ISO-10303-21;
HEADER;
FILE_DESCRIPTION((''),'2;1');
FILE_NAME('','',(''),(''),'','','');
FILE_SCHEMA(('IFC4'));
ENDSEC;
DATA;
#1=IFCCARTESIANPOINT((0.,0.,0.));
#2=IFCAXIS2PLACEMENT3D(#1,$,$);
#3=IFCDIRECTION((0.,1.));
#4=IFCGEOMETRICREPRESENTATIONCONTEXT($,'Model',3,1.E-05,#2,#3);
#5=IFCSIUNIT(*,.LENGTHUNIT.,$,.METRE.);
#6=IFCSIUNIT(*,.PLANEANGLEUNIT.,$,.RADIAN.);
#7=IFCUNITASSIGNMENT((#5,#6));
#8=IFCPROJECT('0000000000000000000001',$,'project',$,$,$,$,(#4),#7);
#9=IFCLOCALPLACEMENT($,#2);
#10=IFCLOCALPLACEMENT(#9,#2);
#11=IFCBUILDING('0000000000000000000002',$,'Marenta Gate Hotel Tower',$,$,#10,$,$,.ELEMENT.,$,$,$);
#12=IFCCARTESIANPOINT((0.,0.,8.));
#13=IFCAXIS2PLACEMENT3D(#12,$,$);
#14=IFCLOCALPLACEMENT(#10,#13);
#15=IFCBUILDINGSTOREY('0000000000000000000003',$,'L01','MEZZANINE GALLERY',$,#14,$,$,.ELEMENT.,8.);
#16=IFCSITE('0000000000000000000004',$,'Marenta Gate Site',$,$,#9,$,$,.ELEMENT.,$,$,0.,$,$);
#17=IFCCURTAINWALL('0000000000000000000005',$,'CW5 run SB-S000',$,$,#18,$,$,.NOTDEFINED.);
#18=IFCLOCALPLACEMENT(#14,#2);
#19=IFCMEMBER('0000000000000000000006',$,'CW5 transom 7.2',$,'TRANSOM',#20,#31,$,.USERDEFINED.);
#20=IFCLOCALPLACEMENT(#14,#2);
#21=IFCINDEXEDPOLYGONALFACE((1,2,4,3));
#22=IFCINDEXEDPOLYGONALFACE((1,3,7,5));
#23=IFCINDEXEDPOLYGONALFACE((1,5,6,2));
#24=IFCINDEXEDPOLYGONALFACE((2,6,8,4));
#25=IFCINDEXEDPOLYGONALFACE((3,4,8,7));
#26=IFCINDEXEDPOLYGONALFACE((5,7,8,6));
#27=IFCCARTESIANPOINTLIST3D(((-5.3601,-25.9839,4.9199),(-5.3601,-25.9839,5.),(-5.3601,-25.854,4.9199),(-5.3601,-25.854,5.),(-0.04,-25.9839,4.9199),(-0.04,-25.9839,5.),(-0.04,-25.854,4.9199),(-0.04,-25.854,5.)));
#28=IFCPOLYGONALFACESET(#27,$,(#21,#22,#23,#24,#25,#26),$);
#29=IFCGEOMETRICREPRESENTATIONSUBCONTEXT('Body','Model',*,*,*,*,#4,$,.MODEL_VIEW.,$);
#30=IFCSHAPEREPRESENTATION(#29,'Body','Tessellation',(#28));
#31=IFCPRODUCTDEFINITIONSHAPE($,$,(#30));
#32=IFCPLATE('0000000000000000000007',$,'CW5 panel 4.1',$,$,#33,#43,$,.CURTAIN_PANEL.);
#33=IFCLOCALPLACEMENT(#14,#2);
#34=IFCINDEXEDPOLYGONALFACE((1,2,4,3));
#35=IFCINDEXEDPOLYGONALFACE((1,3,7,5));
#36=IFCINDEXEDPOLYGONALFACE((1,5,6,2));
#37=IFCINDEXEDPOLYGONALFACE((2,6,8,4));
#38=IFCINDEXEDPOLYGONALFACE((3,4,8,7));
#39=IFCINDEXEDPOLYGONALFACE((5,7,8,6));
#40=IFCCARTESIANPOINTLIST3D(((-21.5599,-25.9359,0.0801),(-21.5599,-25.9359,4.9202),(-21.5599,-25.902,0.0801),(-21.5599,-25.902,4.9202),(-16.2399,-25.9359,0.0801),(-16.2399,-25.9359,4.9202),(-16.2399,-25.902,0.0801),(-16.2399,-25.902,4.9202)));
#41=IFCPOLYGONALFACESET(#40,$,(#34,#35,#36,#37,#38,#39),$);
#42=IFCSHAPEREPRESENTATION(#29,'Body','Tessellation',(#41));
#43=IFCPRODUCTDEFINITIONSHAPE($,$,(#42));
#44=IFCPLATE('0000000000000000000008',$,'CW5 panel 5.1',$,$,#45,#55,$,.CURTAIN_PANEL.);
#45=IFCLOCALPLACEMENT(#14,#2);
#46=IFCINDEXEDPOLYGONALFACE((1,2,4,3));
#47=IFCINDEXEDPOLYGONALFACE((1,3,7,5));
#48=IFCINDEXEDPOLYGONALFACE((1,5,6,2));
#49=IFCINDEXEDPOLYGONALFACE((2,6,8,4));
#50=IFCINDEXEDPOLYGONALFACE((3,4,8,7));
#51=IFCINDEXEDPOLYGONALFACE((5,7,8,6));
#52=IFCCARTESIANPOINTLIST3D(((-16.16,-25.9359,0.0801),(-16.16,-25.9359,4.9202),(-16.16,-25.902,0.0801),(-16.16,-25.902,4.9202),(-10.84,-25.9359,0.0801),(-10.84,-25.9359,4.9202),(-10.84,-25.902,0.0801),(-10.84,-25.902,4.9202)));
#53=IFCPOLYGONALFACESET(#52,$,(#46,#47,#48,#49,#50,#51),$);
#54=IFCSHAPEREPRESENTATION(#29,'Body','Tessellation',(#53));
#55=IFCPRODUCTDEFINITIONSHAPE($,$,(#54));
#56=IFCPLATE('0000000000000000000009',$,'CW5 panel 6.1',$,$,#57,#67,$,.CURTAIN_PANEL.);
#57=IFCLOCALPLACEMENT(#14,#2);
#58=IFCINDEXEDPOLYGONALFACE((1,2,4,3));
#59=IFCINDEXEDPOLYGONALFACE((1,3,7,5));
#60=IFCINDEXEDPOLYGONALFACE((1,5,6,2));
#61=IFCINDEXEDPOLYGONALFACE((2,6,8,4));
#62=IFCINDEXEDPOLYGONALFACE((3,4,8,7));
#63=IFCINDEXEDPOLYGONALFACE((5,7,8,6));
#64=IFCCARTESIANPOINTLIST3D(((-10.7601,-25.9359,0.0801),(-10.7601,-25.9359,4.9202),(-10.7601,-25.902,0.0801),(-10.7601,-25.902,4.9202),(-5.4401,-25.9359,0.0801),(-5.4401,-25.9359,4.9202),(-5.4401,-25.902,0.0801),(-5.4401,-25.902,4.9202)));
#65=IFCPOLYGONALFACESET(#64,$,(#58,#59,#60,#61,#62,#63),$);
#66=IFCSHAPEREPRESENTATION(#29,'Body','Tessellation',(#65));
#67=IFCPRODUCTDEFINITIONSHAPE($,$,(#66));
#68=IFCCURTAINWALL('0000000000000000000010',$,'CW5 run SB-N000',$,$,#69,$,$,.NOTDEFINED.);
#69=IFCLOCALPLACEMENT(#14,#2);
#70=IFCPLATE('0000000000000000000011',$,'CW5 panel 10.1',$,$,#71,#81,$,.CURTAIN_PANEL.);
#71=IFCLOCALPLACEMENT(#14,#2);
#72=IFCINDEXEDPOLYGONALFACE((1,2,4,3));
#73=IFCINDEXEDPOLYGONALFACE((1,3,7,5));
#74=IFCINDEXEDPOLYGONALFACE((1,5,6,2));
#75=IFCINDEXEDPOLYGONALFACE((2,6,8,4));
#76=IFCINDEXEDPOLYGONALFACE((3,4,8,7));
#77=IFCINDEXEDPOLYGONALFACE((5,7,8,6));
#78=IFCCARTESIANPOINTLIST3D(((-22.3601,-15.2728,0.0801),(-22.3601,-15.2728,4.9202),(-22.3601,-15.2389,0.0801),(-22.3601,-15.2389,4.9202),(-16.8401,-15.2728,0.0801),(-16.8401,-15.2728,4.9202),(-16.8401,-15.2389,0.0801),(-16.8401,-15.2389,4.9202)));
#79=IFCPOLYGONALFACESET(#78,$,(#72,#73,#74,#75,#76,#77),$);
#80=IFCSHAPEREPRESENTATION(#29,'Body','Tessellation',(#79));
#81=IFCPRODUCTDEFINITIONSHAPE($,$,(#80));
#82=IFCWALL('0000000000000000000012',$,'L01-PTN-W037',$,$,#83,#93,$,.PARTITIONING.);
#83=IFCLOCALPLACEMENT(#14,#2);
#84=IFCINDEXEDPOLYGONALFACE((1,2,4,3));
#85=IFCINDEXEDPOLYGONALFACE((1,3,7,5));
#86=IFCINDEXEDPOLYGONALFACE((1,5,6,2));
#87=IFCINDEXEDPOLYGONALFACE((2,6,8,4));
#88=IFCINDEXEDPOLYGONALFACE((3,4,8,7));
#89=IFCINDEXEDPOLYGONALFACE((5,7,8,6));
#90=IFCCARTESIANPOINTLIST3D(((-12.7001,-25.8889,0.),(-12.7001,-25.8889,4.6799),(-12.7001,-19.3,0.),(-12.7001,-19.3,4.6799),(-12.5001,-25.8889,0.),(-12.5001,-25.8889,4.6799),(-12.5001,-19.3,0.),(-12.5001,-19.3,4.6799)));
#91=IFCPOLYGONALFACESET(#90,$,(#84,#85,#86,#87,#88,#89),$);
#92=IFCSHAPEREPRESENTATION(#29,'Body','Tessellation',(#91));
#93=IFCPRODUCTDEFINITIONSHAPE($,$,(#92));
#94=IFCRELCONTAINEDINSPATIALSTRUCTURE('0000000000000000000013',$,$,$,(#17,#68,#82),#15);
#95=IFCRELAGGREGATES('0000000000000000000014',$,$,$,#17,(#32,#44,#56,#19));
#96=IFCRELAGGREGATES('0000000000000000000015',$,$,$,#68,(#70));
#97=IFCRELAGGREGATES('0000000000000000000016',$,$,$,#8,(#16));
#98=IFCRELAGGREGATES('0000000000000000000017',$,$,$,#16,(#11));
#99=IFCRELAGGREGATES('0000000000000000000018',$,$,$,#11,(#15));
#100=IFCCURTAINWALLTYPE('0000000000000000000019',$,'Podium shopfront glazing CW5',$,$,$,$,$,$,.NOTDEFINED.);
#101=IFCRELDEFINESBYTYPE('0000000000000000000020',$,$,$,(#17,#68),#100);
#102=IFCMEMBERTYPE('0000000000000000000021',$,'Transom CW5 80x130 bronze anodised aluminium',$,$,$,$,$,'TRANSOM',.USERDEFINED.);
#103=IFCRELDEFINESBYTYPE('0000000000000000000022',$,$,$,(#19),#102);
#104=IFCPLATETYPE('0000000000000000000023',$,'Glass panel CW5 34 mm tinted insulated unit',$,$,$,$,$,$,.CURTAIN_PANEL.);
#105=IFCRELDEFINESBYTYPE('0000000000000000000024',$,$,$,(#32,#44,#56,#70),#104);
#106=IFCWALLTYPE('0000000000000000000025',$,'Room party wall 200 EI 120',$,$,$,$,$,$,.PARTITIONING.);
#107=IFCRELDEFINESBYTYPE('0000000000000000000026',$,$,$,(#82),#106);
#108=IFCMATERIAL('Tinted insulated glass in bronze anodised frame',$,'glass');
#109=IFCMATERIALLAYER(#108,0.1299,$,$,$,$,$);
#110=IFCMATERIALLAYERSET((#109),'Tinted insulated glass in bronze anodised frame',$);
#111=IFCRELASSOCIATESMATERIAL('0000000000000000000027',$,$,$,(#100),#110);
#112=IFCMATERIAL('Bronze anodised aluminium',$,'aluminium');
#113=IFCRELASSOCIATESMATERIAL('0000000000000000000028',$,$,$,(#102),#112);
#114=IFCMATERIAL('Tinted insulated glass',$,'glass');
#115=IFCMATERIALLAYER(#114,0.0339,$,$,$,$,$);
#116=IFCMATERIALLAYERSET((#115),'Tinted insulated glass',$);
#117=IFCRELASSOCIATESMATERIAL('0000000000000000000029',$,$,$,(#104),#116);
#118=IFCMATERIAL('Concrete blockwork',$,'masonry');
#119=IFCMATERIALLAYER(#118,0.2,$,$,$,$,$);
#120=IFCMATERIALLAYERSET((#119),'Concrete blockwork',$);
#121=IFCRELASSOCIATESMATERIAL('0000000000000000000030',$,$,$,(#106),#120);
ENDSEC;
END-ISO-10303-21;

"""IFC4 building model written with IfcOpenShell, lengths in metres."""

from ifc_helpers import new_model, si_unit, direction, frame, frame_2d, origin, origin_2d, place, context, subcontext, project, spatial, rectangle, extrude, material, layer, layer_set, material_profile, profile_set, type_object, element, aggregate, save


model = new_model("IFC4")

# Units and contexts
model_context = context("Model", 3, precision=1e-05, world=origin(), true_north=direction((0.0, 1.0)))
body_context = subcontext(model_context, "Body", "Model", "MODEL_VIEW")
ifc_project = project(units=[si_unit("LENGTHUNIT", "METRE"), si_unit("PLANEANGLEUNIT", "RADIAN")], contexts=[model_context])

# Site, building, storey
site_placement = place(None, origin())
site = spatial("IfcSite", under=ifc_project, at=site_placement, Name="Marenta Gate Site", CompositionType="ELEMENT", RefElevation=0.0)
building_placement = place(site_placement, origin())
building = spatial("IfcBuilding", under=site, at=building_placement, Name="Marenta Gate Hotel Tower", CompositionType="ELEMENT")
storey_placement = place(building_placement, frame((0.0, 0.0, 8.0)))
storey = spatial("IfcBuildingStorey", under=building, at=storey_placement, Name="L01", Description="MEZZANINE GALLERY", CompositionType="ELEMENT", Elevation=8.0)

# Curtain wall
ifc_material_1 = material(Name="Tinted insulated glass in bronze anodised frame", Category="glass")
ifc_layer_1 = layer(ifc_material_1, 0.1299)
ifc_layer_set_1 = layer_set([ifc_layer_1], Name="Tinted insulated glass in bronze anodised frame")
curtain_wall_type = type_object("IfcCurtainWallType", Name="Podium shopfront glazing CW5", PredefinedType="NOTDEFINED", material=ifc_layer_set_1)
curtain_wall_1_placement = place(storey_placement, origin())
curtain_wall_1 = element("IfcCurtainWall", 1, at=curtain_wall_1_placement, inside=storey, type_object=curtain_wall_type, Name="CW5 run SB-S000", PredefinedType="NOTDEFINED")

# Member
ifc_material_2 = material(Name="Bronze anodised aluminium", Category="aluminium")
ifc_material_profile_1 = material_profile(ifc_material_2, rectangle(XDim=0.1299, YDim=0.0801, at=origin_2d()), Name="Transom CW5 80x130 bronze anodised aluminium")
ifc_profile_set_1 = profile_set([ifc_material_profile_1], Name="Bronze anodised aluminium")
member_type_1 = type_object("IfcMemberType", Name="Transom CW5 80x130 bronze anodised aluminium", ElementType="TRANSOM", PredefinedType="USERDEFINED", material=ifc_profile_set_1)
member_1_placement = place(storey_placement, frame((-5.3601, -25.9189, 4.96), z_axis=(1.0, 0.0, 0.0), x_axis=(0.0, 1.0, 0.0)))
member_1 = element("IfcMember", 2, at=member_1_placement, type_object=member_type_1, Name="CW5 transom 7.2", ObjectType="TRANSOM", PredefinedType="USERDEFINED", context=body_context, shape_type="SweptSolid", body=[
    extrude(rectangle(XDim=0.1299, YDim=0.0801, at=origin_2d()), origin(), (0.0, 0.0, 1.0), 5.3201),
])

# Plates
ifc_material_3 = material(Name="Tinted insulated glass", Category="glass")
ifc_layer_2 = layer(ifc_material_3, 0.0339)
ifc_layer_set_2 = layer_set([ifc_layer_2], Name="Tinted insulated glass")
plate_type = type_object("IfcPlateType", Name="Glass panel CW5 34 mm tinted insulated unit", PredefinedType="CURTAIN_PANEL", material=ifc_layer_set_2)
plate_1_placement = place(storey_placement, frame((-18.8999, -25.9189, 0.0801), z_axis=(0.0, 0.0, 1.0), x_axis=(1.0, 0.0, 0.0)))
plate_1 = element("IfcPlate", 3, at=plate_1_placement, type_object=plate_type, Name="CW5 panel 4.1", PredefinedType="CURTAIN_PANEL", context=body_context, shape_type="SweptSolid", body=[
    extrude(rectangle(XDim=5.3201, YDim=0.0339, at=origin_2d()), origin(), (0.0, 0.0, 1.0), 4.8401),
])
plate_2_placement = place(storey_placement, frame((-13.5, -25.9189, 0.0801), z_axis=(0.0, 0.0, 1.0), x_axis=(1.0, 0.0, 0.0)))
plate_2 = element("IfcPlate", 4, at=plate_2_placement, type_object=plate_type, Name="CW5 panel 5.1", PredefinedType="CURTAIN_PANEL", context=body_context, shape_type="SweptSolid", body=[
    extrude(rectangle(XDim=5.3201, YDim=0.0339, at=origin_2d()), origin(), (0.0, 0.0, 1.0), 4.8401),
])
plate_3_placement = place(storey_placement, frame((-8.1001, -25.9189, 0.0801), z_axis=(0.0, 0.0, 1.0), x_axis=(1.0, 0.0, 0.0)))
plate_3 = element("IfcPlate", 5, at=plate_3_placement, type_object=plate_type, Name="CW5 panel 6.1", PredefinedType="CURTAIN_PANEL", context=body_context, shape_type="SweptSolid", body=[
    extrude(rectangle(XDim=5.3201, YDim=0.0339, at=origin_2d()), origin(), (0.0, 0.0, 1.0), 4.8401),
])
aggregate(curtain_wall_1, [plate_1, plate_2, plate_3, member_1])

# Curtain wall, plate
curtain_wall_2_placement = place(storey_placement, origin())
curtain_wall_2 = element("IfcCurtainWall", 6, at=curtain_wall_2_placement, inside=storey, type_object=curtain_wall_type, Name="CW5 run SB-N000", PredefinedType="NOTDEFINED")
plate_4_placement = place(storey_placement, frame((-19.6001, -15.2559, 0.0801), z_axis=(0.0, 0.0, 1.0), x_axis=(-1.0, 0.0, 0.0)))
plate_4 = element("IfcPlate", 7, at=plate_4_placement, type_object=plate_type, Name="CW5 panel 10.1", PredefinedType="CURTAIN_PANEL", context=body_context, shape_type="SweptSolid", body=[
    extrude(rectangle(XDim=5.52, YDim=0.0339, at=origin_2d()), origin(), (0.0, 0.0, 1.0), 4.8401),
])
aggregate(curtain_wall_2, [plate_4])

# Wall
ifc_material_4 = material(Name="Concrete blockwork", Category="masonry")
ifc_layer_3 = layer(ifc_material_4, 0.2)
ifc_layer_set_3 = layer_set([ifc_layer_3], Name="Concrete blockwork")
wall_type = type_object("IfcWallType", Name="Room party wall 200 EI 120", PredefinedType="PARTITIONING", material=ifc_layer_set_3)
wall_placement = place(storey_placement, frame((-12.6001, -25.8889, 0.0), z_axis=(0.0, 0.0, 1.0), x_axis=(0.0, 1.0, 0.0)))
element("IfcWall", 8, at=wall_placement, inside=storey, type_object=wall_type, Name="L01-PTN-W037", PredefinedType="PARTITIONING", context=body_context, shape_type="SweptSolid", body=[
    extrude(rectangle(XDim=6.5889, YDim=0.2, at=frame_2d((3.2944, 0.0))), origin(), (0.0, 0.0, 1.0), 4.6799),
])

save(model, "model.ifc")
